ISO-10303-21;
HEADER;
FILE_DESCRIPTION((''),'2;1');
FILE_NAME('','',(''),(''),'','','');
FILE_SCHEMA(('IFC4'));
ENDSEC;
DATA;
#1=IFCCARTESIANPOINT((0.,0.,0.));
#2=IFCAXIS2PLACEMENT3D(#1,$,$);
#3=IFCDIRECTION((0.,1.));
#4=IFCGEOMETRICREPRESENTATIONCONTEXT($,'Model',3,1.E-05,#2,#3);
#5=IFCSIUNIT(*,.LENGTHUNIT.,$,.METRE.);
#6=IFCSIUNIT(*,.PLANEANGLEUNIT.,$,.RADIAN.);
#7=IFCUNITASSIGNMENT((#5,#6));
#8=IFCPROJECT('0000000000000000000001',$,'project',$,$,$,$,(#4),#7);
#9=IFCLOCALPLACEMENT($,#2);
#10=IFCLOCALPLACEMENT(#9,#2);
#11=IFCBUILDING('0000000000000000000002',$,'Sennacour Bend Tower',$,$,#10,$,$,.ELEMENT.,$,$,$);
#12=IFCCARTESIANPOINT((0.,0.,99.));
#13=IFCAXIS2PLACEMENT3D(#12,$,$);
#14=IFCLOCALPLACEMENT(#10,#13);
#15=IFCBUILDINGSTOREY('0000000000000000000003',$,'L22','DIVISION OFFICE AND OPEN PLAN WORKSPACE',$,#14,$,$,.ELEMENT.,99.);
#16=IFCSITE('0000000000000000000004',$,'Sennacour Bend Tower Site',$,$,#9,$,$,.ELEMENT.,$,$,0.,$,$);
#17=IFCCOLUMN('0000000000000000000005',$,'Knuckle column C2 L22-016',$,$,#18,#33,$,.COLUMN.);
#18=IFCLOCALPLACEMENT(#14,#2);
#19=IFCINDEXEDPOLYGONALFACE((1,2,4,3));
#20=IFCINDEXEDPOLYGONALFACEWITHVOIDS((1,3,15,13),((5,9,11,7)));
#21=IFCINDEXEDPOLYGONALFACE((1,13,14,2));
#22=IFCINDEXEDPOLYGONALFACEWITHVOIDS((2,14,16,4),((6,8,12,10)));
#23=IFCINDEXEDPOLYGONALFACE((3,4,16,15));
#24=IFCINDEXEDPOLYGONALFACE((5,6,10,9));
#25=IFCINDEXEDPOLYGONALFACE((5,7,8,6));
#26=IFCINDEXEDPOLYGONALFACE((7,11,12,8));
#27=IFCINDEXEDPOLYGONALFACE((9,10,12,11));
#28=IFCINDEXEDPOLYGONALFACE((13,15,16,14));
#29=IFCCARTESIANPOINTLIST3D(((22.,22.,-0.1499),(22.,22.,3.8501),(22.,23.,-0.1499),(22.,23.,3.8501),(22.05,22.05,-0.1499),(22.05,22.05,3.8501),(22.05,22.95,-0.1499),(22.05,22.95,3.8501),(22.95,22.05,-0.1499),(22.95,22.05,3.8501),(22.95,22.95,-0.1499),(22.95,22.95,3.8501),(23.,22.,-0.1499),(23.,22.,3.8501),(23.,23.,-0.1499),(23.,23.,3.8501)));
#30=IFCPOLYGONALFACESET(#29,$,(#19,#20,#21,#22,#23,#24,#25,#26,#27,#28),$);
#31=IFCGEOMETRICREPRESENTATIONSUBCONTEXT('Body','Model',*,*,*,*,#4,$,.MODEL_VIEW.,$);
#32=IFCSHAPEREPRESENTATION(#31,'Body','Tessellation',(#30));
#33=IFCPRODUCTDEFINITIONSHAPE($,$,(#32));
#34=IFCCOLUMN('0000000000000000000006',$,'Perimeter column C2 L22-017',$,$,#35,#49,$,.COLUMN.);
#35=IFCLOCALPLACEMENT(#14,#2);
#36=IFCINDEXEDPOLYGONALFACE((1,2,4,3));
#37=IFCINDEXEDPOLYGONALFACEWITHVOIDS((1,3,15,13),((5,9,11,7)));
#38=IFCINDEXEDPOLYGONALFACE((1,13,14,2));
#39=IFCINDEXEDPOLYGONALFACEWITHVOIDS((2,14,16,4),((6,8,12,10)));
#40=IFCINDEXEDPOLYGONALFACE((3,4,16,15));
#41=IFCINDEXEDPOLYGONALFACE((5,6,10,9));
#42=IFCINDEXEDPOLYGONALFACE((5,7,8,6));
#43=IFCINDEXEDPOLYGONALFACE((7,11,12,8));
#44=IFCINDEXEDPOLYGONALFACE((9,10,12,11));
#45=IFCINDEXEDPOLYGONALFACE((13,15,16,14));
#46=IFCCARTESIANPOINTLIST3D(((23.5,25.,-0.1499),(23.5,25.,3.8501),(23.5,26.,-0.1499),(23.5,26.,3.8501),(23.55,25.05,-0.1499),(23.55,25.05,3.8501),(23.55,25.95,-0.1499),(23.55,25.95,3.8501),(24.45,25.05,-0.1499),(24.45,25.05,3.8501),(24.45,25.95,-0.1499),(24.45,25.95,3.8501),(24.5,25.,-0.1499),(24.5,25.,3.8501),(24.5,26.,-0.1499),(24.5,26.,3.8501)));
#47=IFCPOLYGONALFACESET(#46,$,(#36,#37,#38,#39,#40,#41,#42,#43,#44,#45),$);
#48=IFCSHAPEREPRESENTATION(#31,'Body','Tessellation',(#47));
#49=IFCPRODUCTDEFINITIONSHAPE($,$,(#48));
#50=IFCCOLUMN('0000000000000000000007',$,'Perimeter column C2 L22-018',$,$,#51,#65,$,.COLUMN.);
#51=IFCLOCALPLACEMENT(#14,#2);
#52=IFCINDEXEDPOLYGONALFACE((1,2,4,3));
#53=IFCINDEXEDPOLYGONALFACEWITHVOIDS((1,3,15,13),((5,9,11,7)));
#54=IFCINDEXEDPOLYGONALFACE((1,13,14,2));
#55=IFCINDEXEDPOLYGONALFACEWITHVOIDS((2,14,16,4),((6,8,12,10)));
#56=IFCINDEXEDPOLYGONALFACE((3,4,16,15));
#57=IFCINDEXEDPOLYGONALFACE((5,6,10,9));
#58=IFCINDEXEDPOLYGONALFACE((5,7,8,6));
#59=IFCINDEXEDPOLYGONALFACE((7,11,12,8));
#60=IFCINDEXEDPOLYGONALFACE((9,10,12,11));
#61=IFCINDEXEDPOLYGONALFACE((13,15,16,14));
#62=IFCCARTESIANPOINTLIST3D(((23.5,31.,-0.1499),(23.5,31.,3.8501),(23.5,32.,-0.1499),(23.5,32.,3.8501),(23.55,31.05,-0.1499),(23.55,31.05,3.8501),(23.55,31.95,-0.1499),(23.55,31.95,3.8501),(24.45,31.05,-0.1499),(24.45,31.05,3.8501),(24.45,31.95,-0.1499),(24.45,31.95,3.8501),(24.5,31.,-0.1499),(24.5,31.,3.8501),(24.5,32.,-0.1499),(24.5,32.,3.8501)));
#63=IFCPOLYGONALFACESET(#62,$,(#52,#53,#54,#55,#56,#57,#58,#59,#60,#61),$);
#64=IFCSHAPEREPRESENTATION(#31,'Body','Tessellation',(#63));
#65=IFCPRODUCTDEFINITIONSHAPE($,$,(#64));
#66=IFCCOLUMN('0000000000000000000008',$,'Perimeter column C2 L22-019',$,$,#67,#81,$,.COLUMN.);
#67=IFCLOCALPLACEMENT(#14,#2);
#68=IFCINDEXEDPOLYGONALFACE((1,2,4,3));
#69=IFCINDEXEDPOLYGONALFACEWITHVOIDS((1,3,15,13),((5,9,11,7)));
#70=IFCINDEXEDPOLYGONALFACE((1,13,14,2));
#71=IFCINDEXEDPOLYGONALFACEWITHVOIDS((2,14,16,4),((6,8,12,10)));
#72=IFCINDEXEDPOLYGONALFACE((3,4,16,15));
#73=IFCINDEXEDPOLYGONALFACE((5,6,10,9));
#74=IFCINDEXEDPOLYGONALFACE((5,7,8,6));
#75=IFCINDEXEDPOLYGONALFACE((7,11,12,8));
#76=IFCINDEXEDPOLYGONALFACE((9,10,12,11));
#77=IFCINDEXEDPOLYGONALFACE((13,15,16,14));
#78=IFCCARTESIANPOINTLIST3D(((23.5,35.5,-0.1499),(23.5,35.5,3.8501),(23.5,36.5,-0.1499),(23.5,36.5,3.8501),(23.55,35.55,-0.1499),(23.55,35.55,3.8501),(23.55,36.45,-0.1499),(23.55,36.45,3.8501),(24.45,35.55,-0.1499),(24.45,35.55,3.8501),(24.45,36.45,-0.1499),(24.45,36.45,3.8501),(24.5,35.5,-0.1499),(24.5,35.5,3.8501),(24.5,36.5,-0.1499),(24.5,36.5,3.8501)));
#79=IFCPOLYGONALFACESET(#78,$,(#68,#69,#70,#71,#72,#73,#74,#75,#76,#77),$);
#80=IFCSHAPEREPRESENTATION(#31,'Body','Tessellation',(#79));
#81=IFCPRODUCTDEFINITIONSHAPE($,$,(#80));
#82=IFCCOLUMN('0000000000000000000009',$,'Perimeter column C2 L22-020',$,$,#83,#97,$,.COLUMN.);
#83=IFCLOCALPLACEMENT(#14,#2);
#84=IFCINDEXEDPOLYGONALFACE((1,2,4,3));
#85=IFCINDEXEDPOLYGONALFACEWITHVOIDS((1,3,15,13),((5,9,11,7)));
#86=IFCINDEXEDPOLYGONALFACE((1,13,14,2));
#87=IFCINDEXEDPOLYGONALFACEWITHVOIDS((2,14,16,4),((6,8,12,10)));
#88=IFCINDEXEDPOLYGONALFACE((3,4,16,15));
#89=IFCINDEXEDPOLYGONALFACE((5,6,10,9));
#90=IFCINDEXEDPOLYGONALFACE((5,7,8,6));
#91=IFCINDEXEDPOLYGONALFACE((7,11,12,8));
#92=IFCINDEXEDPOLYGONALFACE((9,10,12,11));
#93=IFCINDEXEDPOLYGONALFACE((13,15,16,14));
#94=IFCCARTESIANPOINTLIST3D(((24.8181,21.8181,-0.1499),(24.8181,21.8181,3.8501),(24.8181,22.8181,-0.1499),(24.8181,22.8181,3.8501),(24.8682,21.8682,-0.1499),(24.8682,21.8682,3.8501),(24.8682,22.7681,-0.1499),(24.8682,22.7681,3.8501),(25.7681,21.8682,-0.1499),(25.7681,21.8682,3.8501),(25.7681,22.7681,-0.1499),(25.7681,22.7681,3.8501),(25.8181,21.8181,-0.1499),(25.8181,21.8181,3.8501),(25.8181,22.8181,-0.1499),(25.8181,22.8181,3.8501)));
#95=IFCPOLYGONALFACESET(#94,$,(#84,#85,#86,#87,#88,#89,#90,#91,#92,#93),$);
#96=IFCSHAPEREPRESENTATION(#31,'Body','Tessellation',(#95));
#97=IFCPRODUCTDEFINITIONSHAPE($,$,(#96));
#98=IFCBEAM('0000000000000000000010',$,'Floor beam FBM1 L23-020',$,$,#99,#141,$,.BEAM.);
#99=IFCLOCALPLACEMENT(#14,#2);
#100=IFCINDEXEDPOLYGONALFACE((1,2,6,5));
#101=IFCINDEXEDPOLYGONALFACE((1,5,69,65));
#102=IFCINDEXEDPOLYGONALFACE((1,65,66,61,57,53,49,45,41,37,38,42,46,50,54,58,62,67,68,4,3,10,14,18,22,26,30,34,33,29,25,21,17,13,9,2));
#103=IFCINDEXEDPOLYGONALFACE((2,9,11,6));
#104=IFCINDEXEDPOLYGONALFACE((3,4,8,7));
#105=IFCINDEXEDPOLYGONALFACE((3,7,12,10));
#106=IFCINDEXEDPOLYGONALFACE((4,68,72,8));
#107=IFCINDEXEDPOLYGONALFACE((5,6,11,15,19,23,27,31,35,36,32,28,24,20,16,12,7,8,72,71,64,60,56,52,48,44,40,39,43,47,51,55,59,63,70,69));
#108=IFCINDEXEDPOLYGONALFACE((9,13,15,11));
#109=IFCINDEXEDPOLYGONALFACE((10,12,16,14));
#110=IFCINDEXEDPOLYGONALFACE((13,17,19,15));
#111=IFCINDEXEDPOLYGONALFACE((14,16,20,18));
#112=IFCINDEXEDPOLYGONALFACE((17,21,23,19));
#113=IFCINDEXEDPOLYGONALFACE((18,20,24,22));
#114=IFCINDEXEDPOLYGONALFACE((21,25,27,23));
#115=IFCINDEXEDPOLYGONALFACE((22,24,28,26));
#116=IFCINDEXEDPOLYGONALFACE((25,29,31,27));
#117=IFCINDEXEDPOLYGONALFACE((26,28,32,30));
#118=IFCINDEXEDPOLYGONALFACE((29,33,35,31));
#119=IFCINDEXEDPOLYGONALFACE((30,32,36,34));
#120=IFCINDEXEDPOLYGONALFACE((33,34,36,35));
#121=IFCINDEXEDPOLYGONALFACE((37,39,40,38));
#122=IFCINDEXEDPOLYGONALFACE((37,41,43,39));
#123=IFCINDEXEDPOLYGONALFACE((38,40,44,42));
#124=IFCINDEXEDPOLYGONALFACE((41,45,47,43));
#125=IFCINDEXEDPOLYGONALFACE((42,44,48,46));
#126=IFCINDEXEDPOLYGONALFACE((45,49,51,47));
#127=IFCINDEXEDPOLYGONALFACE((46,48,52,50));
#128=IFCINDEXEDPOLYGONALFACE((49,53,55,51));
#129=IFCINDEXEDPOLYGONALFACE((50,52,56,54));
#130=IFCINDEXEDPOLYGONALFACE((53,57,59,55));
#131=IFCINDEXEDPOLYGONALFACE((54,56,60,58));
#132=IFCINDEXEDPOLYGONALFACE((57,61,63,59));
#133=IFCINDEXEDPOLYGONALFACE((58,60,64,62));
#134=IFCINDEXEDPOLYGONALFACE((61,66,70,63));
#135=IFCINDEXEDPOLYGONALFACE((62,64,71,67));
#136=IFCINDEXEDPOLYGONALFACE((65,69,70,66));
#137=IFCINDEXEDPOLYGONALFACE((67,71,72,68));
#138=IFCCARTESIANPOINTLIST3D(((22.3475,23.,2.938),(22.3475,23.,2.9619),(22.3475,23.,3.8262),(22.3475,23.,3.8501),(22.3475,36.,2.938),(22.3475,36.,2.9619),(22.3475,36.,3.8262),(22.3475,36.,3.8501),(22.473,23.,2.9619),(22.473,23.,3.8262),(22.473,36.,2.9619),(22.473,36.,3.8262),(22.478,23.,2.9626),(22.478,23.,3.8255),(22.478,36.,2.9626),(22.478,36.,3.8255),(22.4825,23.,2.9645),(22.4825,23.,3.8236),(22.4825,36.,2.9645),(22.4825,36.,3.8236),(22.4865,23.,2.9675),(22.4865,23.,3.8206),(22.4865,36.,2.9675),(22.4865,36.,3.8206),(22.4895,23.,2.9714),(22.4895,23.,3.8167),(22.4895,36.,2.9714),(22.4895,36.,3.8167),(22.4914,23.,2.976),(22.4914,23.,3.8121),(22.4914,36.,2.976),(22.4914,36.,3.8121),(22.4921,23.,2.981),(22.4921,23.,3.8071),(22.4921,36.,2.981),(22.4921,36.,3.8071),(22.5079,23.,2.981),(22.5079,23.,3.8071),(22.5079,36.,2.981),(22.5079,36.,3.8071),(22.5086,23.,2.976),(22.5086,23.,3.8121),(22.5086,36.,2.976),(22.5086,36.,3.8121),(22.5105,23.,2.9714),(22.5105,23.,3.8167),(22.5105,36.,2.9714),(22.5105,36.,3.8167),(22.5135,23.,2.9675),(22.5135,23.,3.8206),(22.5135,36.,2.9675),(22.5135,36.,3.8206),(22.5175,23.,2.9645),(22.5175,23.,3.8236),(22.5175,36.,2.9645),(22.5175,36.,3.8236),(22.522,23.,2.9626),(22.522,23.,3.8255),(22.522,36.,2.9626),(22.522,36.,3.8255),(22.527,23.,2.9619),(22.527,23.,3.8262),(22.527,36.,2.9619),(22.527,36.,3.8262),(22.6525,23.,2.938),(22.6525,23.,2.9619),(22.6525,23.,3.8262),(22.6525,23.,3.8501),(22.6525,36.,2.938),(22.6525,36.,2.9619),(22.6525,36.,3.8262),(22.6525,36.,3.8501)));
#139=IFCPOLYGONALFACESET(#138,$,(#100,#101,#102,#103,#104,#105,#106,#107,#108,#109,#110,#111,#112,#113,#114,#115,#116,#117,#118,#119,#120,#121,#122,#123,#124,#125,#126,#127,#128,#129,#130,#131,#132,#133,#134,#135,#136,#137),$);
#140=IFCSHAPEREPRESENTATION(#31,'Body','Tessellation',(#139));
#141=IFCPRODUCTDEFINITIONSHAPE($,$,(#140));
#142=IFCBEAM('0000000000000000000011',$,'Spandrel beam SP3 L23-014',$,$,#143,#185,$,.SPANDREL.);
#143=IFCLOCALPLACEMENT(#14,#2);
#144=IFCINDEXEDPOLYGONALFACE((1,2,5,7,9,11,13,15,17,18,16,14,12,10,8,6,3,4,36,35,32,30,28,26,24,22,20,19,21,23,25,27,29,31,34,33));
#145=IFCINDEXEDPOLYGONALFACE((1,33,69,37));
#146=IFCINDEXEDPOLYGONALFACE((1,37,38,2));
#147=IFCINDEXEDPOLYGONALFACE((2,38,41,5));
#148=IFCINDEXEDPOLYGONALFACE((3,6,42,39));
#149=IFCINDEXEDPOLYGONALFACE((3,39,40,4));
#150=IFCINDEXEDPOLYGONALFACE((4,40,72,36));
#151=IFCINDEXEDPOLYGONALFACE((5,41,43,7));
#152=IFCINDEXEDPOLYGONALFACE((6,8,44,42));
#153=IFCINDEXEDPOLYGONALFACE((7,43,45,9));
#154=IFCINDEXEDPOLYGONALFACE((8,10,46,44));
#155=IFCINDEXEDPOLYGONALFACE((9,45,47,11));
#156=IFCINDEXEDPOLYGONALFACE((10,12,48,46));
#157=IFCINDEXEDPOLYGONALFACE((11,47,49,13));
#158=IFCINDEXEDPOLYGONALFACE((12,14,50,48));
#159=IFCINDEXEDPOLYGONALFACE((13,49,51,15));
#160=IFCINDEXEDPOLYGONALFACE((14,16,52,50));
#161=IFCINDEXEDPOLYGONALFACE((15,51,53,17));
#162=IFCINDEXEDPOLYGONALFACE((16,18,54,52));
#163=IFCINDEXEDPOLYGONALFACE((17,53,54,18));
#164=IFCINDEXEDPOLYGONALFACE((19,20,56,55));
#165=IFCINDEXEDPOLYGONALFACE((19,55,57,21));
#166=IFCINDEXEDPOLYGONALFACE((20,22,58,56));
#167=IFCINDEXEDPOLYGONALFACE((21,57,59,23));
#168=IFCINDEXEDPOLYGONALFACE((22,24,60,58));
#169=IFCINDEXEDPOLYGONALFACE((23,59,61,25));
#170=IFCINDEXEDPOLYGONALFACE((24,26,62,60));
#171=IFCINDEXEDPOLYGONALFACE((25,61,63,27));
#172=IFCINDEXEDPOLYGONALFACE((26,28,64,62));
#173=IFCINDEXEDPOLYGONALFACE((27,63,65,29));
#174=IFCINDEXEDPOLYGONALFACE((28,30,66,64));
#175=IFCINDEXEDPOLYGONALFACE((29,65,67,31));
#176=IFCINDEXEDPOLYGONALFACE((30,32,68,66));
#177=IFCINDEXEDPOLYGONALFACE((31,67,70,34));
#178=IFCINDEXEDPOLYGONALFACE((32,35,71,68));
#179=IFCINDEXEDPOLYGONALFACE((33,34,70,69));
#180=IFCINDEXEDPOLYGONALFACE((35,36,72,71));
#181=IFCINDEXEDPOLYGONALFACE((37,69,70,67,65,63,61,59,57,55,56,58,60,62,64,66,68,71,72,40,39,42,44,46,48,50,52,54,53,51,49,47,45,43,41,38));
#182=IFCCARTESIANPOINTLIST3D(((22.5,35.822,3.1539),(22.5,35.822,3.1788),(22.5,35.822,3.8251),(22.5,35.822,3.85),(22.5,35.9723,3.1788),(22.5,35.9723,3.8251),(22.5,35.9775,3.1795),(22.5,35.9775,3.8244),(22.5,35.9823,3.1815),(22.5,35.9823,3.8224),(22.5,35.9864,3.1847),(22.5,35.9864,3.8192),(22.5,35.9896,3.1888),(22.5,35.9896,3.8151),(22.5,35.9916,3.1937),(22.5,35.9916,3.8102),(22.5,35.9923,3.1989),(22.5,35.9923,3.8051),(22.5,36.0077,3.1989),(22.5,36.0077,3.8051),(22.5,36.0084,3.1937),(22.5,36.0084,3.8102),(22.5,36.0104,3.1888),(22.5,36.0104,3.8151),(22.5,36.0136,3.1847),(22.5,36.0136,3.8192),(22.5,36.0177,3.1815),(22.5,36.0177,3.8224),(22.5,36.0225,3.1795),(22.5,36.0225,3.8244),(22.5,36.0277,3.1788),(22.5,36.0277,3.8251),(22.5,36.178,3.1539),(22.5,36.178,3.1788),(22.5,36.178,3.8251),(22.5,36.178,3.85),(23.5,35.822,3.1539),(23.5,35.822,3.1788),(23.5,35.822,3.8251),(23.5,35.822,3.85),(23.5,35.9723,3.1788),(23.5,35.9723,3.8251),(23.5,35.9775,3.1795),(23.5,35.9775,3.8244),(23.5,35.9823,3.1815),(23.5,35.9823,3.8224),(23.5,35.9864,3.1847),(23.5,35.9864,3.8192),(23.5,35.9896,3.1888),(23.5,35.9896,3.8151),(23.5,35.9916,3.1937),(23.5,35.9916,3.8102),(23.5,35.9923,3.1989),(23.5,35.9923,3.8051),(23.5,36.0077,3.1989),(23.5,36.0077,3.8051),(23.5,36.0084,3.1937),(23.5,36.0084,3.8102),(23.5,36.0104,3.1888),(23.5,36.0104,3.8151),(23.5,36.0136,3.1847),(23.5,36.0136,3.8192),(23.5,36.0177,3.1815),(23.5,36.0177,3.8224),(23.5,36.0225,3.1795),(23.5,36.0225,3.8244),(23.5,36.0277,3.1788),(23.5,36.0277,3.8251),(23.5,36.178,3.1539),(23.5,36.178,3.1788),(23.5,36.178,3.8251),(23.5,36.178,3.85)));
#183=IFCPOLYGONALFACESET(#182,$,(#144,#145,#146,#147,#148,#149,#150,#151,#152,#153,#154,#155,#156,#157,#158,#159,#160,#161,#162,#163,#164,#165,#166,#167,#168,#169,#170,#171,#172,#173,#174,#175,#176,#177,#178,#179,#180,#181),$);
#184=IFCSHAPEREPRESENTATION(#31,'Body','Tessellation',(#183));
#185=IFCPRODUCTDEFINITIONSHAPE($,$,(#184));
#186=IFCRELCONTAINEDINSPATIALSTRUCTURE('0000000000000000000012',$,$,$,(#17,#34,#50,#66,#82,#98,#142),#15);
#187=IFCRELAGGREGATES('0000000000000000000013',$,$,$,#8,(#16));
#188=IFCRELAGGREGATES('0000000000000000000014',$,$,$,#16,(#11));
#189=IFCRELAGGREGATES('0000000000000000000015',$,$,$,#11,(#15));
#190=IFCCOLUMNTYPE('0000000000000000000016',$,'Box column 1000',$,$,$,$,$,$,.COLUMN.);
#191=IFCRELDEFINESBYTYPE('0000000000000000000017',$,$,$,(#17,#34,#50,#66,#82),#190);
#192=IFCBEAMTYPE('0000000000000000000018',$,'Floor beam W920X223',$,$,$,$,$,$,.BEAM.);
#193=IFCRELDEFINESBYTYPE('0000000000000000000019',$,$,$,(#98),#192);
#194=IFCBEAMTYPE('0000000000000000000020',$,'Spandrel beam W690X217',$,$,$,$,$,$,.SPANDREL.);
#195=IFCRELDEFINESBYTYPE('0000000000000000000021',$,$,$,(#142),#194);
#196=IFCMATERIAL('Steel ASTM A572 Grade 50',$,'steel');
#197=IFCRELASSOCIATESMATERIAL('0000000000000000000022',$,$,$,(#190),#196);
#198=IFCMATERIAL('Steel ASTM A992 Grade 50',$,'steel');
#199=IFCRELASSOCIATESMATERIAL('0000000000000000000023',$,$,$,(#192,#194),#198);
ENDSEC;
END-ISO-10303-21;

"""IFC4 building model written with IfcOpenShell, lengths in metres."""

from ifc_helpers import new_model, si_unit, direction, frame, origin, origin_2d, place, context, subcontext, project, spatial, hollow_rectangle, i_section, extrude, material, material_profile, profile_set, type_object, element, save


model = new_model("IFC4")

# Units and contexts
model_context = context("Model", 3, precision=1e-05, world=origin(), true_north=direction((0.0, 1.0)))
body_context = subcontext(model_context, "Body", "Model", "MODEL_VIEW")
ifc_project = project(units=[si_unit("LENGTHUNIT", "METRE"), si_unit("PLANEANGLEUNIT", "RADIAN")], contexts=[model_context])

# Site, building, storey
site_placement = place(None, origin())
site = spatial("IfcSite", under=ifc_project, at=site_placement, Name="Sennacour Bend Tower Site", CompositionType="ELEMENT", RefElevation=0.0)
building_placement = place(site_placement, origin())
building = spatial("IfcBuilding", under=site, at=building_placement, Name="Sennacour Bend Tower", CompositionType="ELEMENT")
storey_placement = place(building_placement, frame((0.0, 0.0, 99.0)))
storey = spatial("IfcBuildingStorey", under=building, at=storey_placement, Name="L22", Description="DIVISION OFFICE AND OPEN PLAN WORKSPACE", CompositionType="ELEMENT", Elevation=99.0)

# Columns
ifc_material_1 = material(Name="Steel ASTM A572 Grade 50", Category="steel")
ifc_material_profile_1 = material_profile(ifc_material_1, hollow_rectangle(XDim=1.0, YDim=1.0, WallThickness=0.05, at=origin_2d()), Name="Steel ASTM A572 Grade 50", Category="steel")
ifc_profile_set_1 = profile_set([ifc_material_profile_1], Name="Steel ASTM A572 Grade 50")
column_type = type_object("IfcColumnType", Name="Box column 1000", PredefinedType="COLUMN", material=ifc_profile_set_1)
for number, where, z_axis, x_axis, name in (
    (1, (22.5, 22.5, -0.1499), (0.0, 0.0, 1.0), (1.0, 0.0, 0.0), "Knuckle column C2 L22-016"),
    (2, (24.0, 25.5, -0.1499), (0.0, 0.0, 1.0), (1.0, 0.0, 0.0), "Perimeter column C2 L22-017"),
    (3, (24.0, 31.5, -0.1499), (0.0, 0.0, 1.0), (1.0, 0.0, 0.0), "Perimeter column C2 L22-018"),
    (4, (24.0, 36.0, -0.1499), (0.0, 0.0, 1.0), (1.0, 0.0, 0.0), "Perimeter column C2 L22-019"),
    (5, (25.3181, 22.3181, -0.1499), (0.0, 0.0, 1.0), (1.0, 0.0, 0.0), "Perimeter column C2 L22-020"),
):
    element("IfcColumn", number, at=place(storey_placement, frame(where, z_axis=z_axis, x_axis=x_axis)), inside=storey, type_object=column_type, Name=name, PredefinedType="COLUMN", context=body_context, shape_type="SweptSolid", body=[
        extrude(hollow_rectangle(XDim=1.0, YDim=1.0, WallThickness=0.05, at=origin_2d()), origin(), (0.0, 0.0, 1.0), 4.0),
    ])

# Beams
ifc_material_2 = material(Name="Steel ASTM A992 Grade 50", Category="steel")
ifc_material_profile_2 = material_profile(ifc_material_2, i_section(OverallWidth=0.3049, OverallDepth=0.9121, WebThickness=0.0159, FlangeThickness=0.0239, FilletRadius=0.019, at=origin_2d()), Name="Steel ASTM A992 Grade 50", Category="steel")
ifc_profile_set_2 = profile_set([ifc_material_profile_2], Name="Steel ASTM A992 Grade 50")
beam_type_1 = type_object("IfcBeamType", Name="Floor beam W920X223", PredefinedType="BEAM", material=ifc_profile_set_2)
beam_1_placement = place(storey_placement, frame((22.5, 23.0, 3.394), z_axis=(0.0, 1.0, 0.0), x_axis=(-1.0, 0.0, 0.0)))
element("IfcBeam", 6, at=beam_1_placement, inside=storey, type_object=beam_type_1, Name="Floor beam FBM1 L23-020", PredefinedType="BEAM", context=body_context, shape_type="SweptSolid", body=[
    extrude(i_section(OverallWidth=0.3049, OverallDepth=0.9121, WebThickness=0.0159, FlangeThickness=0.0239, FilletRadius=0.019, at=origin_2d()), origin(), (0.0, 0.0, 1.0), 13.0),
])
ifc_material_profile_3 = material_profile(ifc_material_2, i_section(OverallWidth=0.356, OverallDepth=0.696, WebThickness=0.0154, FlangeThickness=0.0249, FilletRadius=0.02, at=origin_2d()), Name="Steel ASTM A992 Grade 50", Category="steel")
ifc_profile_set_3 = profile_set([ifc_material_profile_3], Name="Steel ASTM A992 Grade 50")
beam_type_2 = type_object("IfcBeamType", Name="Spandrel beam W690X217", PredefinedType="SPANDREL", material=ifc_profile_set_3)
beam_2_placement = place(storey_placement, frame((22.5, 36.0, 3.502), z_axis=(1.0, 0.0, 0.0), x_axis=(0.0, 1.0, 0.0)))
element("IfcBeam", 7, at=beam_2_placement, inside=storey, type_object=beam_type_2, Name="Spandrel beam SP3 L23-014", PredefinedType="SPANDREL", context=body_context, shape_type="SweptSolid", body=[
    extrude(i_section(OverallWidth=0.356, OverallDepth=0.696, WebThickness=0.0154, FlangeThickness=0.0249, FilletRadius=0.02, at=origin_2d()), origin(), (0.0, 0.0, 1.0), 1.0),
])

save(model, "model.ifc")
